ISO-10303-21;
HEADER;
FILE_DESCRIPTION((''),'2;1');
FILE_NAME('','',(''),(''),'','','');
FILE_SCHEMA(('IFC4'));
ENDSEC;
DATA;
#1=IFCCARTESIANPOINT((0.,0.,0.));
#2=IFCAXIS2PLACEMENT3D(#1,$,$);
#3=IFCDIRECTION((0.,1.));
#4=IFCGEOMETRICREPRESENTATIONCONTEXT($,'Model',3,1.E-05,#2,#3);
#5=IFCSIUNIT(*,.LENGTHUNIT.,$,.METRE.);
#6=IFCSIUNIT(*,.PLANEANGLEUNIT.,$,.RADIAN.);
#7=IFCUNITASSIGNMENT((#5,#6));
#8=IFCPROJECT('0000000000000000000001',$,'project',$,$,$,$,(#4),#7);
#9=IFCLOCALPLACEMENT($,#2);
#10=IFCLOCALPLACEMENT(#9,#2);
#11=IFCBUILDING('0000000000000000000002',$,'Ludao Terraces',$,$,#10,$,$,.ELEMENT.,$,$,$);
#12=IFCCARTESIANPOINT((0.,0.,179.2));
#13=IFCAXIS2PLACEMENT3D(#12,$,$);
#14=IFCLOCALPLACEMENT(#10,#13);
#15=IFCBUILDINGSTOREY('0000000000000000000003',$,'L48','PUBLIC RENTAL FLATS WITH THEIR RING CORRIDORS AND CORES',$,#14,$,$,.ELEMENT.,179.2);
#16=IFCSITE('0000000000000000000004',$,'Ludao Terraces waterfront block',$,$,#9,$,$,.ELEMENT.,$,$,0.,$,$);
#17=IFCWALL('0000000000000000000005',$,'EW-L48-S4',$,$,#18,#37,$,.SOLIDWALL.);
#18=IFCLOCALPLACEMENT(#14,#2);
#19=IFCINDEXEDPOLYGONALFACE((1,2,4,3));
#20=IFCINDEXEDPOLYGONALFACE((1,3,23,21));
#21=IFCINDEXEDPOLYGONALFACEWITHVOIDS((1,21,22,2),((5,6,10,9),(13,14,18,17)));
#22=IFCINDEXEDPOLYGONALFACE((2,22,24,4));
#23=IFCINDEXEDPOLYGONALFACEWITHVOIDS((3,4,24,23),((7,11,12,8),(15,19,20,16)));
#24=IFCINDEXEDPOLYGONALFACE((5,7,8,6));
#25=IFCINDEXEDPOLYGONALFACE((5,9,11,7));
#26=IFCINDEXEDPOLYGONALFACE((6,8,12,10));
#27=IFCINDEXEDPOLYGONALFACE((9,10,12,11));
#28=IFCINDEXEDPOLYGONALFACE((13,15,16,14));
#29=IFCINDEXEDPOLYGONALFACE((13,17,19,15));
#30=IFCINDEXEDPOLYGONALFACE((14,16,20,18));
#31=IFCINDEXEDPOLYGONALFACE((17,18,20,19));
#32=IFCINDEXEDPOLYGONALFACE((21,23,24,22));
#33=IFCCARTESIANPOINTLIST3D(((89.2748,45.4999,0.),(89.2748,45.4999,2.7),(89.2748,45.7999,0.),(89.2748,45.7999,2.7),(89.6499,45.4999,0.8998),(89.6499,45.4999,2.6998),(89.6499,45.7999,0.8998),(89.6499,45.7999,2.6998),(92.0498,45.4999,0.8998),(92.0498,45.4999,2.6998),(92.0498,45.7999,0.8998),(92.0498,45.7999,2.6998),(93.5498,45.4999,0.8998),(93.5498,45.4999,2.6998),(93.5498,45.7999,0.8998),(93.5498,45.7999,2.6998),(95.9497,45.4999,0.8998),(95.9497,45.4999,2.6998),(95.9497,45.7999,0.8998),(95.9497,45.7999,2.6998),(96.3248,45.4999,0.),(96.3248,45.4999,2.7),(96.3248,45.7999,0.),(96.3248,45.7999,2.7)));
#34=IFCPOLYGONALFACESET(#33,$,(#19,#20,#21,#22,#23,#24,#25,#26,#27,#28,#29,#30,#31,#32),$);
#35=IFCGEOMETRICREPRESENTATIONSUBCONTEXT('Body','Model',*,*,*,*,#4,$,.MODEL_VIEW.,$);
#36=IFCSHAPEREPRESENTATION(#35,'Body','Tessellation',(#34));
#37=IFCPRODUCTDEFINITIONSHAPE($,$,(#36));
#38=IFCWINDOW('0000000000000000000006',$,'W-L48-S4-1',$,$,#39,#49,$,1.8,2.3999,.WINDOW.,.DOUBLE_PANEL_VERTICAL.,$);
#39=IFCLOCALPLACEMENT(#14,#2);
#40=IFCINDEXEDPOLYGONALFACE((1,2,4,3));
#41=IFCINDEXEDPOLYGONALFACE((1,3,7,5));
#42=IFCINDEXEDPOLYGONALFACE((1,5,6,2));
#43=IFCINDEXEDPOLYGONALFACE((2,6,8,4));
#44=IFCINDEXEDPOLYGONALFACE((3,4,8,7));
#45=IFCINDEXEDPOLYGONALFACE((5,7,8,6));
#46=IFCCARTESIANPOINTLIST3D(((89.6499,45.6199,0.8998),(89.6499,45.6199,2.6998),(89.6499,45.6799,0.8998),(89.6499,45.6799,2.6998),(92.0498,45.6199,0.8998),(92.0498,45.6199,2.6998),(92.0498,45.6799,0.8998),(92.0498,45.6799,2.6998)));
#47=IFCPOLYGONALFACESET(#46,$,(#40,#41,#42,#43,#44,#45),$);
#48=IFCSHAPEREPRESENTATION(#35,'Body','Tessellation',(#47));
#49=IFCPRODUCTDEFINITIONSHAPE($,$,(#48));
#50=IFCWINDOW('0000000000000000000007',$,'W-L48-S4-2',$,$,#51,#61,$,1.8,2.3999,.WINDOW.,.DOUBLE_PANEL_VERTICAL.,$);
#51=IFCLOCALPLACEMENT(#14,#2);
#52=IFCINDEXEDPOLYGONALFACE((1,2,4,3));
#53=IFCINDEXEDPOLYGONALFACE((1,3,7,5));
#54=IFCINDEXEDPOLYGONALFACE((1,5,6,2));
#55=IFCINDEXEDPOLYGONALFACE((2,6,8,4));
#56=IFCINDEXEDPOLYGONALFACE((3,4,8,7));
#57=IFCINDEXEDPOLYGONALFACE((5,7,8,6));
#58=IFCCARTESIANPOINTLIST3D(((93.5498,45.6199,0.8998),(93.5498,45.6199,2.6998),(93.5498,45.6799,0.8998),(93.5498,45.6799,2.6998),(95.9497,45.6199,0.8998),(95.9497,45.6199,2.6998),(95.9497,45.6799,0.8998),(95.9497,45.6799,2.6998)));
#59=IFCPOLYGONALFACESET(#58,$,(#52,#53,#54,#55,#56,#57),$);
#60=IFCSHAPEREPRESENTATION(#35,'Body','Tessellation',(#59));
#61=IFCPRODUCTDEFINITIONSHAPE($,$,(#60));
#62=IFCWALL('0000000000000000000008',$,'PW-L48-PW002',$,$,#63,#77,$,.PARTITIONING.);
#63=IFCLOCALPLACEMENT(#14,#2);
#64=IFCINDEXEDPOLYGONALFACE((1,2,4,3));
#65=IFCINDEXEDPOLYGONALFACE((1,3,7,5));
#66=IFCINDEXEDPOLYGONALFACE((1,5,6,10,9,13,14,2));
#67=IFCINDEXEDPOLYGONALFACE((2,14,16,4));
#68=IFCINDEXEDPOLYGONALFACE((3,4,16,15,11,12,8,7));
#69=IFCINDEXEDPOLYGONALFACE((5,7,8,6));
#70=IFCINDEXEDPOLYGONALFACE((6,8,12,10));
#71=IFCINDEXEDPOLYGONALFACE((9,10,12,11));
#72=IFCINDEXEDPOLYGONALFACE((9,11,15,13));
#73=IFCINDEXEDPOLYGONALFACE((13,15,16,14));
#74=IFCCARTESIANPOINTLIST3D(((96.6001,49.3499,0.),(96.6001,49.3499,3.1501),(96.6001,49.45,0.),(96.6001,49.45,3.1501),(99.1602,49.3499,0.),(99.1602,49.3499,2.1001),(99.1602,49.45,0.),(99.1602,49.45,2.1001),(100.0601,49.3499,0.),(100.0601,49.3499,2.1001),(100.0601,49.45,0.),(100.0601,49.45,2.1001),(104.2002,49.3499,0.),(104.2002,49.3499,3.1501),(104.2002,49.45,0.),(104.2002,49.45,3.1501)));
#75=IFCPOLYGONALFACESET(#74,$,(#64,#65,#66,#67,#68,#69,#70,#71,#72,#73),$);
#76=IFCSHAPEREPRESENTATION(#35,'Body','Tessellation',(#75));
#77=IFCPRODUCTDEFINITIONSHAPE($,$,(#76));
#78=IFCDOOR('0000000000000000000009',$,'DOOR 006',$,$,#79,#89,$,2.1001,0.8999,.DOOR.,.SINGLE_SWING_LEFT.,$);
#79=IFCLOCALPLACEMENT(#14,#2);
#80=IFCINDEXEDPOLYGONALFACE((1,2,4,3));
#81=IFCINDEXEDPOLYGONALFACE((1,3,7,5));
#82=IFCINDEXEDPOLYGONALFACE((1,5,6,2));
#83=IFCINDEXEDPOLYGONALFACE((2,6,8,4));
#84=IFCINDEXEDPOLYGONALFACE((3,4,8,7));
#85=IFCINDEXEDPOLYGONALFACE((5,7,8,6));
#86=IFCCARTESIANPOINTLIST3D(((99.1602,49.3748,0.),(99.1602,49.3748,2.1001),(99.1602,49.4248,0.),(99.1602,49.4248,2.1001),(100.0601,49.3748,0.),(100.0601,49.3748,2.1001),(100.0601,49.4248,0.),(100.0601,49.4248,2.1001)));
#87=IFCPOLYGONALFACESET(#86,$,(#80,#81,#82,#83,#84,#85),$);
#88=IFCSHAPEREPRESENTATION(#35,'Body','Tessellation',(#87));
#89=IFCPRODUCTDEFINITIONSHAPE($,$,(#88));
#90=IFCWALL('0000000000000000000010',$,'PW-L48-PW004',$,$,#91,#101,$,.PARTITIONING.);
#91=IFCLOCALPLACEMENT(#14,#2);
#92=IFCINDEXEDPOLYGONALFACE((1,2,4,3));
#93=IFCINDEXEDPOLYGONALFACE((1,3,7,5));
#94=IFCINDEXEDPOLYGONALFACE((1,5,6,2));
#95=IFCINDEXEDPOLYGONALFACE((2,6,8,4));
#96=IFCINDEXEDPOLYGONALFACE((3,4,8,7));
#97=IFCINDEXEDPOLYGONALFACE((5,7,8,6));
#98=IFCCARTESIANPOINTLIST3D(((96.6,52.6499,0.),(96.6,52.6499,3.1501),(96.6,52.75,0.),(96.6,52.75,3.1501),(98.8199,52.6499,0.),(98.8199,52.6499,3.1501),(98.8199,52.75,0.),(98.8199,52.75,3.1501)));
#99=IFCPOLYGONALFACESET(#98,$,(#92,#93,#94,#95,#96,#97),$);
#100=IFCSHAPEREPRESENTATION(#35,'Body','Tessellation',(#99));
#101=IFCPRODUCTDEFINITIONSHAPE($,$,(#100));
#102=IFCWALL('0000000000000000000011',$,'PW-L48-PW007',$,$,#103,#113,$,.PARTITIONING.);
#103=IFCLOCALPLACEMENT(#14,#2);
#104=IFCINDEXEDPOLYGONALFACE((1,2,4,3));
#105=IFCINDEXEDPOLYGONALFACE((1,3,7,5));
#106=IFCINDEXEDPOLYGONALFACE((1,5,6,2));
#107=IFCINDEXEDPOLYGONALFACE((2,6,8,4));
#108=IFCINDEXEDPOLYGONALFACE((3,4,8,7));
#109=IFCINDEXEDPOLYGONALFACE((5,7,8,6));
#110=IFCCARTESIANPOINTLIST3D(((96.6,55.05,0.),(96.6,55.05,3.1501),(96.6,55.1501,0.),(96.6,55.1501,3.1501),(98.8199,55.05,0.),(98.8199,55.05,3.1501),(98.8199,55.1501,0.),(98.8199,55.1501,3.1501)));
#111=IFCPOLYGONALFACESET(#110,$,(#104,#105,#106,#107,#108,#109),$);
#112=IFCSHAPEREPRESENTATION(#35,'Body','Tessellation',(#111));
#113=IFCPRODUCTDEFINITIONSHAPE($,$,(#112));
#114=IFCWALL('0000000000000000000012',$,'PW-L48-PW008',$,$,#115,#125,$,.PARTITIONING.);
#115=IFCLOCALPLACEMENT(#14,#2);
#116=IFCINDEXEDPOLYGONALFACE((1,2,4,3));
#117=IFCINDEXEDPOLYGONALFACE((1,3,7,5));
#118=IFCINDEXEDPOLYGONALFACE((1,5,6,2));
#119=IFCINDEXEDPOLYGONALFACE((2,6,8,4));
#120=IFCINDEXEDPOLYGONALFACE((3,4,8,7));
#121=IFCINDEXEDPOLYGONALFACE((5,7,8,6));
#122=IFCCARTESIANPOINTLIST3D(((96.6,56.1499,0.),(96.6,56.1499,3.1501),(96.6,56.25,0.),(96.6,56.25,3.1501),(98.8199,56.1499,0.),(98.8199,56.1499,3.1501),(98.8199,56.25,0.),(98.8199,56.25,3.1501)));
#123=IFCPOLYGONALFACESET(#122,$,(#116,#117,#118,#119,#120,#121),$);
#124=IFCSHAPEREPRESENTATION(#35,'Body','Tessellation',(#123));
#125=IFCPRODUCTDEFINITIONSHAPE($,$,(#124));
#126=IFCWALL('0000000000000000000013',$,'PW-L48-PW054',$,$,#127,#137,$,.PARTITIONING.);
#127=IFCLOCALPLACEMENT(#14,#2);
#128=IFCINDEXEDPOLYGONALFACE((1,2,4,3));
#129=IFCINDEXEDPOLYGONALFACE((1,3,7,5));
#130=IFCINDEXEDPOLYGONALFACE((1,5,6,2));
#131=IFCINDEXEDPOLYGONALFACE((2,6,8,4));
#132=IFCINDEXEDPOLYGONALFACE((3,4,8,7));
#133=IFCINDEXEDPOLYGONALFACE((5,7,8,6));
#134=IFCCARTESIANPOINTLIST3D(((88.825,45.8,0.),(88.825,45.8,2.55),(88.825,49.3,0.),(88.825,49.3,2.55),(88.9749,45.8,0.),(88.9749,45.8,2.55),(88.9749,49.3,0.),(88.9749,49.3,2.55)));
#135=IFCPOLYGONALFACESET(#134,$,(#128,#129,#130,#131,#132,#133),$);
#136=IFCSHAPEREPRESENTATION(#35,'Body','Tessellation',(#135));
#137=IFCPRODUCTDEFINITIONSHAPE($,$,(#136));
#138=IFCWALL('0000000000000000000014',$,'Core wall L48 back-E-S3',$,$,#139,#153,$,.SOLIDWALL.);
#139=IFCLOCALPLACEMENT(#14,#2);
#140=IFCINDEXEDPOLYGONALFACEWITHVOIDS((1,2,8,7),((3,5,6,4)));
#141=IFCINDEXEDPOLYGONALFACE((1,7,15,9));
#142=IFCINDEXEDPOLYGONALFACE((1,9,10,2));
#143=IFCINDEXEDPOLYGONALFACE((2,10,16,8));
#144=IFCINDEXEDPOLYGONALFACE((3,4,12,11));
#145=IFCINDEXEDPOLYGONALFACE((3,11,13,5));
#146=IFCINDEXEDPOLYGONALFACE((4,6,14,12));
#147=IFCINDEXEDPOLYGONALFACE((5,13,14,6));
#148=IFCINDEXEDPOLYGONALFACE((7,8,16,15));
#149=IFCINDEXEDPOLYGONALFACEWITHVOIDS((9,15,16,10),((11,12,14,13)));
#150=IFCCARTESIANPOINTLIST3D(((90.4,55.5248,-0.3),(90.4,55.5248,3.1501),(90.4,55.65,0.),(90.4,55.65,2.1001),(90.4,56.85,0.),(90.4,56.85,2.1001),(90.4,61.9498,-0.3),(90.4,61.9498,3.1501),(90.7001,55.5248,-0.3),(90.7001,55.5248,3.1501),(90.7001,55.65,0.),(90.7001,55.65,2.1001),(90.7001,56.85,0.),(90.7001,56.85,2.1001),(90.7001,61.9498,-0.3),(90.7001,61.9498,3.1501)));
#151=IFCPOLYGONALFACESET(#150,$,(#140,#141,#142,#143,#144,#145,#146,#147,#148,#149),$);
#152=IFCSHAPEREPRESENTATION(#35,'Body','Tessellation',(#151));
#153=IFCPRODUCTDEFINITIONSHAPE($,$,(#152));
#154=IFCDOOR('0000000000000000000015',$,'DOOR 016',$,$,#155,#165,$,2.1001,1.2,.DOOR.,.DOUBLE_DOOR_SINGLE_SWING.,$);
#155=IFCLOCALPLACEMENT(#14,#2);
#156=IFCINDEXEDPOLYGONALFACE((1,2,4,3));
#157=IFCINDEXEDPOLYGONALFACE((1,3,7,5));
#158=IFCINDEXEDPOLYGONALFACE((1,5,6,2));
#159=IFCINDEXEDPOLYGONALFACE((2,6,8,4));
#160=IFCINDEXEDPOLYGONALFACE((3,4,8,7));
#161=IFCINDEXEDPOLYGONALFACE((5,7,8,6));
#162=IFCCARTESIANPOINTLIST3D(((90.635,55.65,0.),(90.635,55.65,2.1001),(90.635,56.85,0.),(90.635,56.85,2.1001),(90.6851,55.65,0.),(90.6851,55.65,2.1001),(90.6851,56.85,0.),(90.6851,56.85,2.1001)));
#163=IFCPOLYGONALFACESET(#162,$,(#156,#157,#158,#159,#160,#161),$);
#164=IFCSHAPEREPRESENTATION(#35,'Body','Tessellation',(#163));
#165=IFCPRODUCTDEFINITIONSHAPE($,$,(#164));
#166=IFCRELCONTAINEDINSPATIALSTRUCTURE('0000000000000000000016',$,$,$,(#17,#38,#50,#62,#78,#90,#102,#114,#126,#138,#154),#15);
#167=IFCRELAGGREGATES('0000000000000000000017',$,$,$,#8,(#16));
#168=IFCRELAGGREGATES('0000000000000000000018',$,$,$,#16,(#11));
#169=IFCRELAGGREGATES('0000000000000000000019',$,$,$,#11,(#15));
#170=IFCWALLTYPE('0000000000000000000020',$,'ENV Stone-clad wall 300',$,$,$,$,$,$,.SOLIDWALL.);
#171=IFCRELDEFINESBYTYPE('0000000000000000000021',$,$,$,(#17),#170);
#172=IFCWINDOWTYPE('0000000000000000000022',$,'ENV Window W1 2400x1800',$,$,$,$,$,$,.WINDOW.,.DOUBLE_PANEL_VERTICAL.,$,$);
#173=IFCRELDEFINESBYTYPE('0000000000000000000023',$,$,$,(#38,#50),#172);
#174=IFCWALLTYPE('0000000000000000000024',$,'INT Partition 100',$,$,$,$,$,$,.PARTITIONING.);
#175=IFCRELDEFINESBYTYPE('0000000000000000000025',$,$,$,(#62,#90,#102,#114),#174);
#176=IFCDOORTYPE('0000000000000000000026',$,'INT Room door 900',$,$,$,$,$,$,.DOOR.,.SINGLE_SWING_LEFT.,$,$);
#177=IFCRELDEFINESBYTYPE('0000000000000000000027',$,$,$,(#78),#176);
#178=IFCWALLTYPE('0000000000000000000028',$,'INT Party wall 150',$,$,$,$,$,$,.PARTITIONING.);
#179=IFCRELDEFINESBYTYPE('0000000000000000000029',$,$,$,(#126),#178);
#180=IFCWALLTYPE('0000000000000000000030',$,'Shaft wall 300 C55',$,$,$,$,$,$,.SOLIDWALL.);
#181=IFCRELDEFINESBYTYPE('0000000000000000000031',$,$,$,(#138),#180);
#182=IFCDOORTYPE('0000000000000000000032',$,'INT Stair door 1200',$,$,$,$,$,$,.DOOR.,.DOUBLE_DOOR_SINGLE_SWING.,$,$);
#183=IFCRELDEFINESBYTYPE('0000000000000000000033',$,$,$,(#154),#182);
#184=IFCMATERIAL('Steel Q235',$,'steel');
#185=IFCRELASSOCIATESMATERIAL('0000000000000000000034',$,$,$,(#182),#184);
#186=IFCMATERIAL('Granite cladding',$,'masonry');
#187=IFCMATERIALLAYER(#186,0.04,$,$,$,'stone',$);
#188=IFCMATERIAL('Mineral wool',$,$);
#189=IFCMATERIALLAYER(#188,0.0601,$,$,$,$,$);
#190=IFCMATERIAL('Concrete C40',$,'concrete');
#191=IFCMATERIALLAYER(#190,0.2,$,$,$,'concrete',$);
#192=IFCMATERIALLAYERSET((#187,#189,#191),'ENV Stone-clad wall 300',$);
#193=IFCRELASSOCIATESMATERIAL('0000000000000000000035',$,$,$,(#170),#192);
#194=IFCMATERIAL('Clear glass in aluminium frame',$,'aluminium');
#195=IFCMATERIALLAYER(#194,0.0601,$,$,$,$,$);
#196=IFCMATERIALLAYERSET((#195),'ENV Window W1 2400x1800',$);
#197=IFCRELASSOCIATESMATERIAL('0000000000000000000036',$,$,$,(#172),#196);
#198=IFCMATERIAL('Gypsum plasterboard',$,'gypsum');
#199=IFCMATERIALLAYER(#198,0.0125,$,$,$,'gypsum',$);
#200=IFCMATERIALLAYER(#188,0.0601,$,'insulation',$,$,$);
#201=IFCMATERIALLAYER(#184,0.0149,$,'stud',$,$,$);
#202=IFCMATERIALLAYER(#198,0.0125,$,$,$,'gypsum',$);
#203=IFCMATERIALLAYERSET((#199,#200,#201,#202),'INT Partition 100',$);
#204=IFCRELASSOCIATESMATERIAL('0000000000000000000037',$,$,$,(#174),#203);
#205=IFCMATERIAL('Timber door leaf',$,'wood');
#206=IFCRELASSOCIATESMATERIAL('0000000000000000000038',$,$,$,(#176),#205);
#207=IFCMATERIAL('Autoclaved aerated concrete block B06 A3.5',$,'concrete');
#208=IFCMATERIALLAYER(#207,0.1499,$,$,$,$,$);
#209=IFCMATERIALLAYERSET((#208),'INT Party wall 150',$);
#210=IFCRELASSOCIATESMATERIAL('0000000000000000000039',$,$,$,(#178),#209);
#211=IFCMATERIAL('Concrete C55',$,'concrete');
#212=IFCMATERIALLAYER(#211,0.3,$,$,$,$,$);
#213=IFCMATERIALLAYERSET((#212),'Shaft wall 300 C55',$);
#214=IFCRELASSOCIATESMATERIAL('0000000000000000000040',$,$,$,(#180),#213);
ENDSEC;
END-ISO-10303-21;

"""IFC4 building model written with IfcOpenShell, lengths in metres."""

from ifc_helpers import new_model, si_unit, direction, frame, frame_2d, origin, place, context, subcontext, project, spatial, rectangle, extrude, material, layer, layer_set, type_object, element, fill, save


model = new_model("IFC4")

# Units and contexts
model_context = context("Model", 3, precision=1e-05, world=origin(), true_north=direction((0.0, 1.0)))
body_context = subcontext(model_context, "Body", "Model", "MODEL_VIEW")
ifc_project = project(units=[si_unit("LENGTHUNIT", "METRE"), si_unit("PLANEANGLEUNIT", "RADIAN")], contexts=[model_context])

# Site, building, storey
site_placement = place(None, origin())
site = spatial("IfcSite", under=ifc_project, at=site_placement, Name="Ludao Terraces waterfront block", CompositionType="ELEMENT", RefElevation=0.0)
building_placement = place(site_placement, origin())
building = spatial("IfcBuilding", under=site, at=building_placement, Name="Ludao Terraces", CompositionType="ELEMENT")
storey_placement = place(building_placement, frame((0.0, 0.0, 179.2)))
storey = spatial("IfcBuildingStorey", under=building, at=storey_placement, Name="L48", Description="PUBLIC RENTAL FLATS WITH THEIR RING CORRIDORS AND CORES", CompositionType="ELEMENT", Elevation=179.2)

# Shared definitions
ifc_material_1 = material(Name="Concrete C40", Category="concrete")

# Shared definitions
ifc_material_2 = material(Name="Steel Q235", Category="steel")
door_type_1 = type_object("IfcDoorType", Name="INT Stair door 1200", OperationType="DOUBLE_DOOR_SINGLE_SWING", PredefinedType="DOOR", material=ifc_material_2)

# Wall, openings, windows
ifc_material_3 = material(Name="Granite cladding", Category="masonry")
ifc_layer_1 = layer(ifc_material_3, 0.04, Category="stone")
ifc_material_4 = material(Name="Mineral wool")
ifc_layer_2 = layer(ifc_material_4, 0.0601)
ifc_layer_3 = layer(ifc_material_1, 0.2, Category="concrete")
ifc_layer_set_1 = layer_set([ifc_layer_1, ifc_layer_2, ifc_layer_3], Name="ENV Stone-clad wall 300")
wall_type_1 = type_object("IfcWallType", Name="ENV Stone-clad wall 300", PredefinedType="SOLIDWALL", material=ifc_layer_set_1)
wall_1_placement = place(storey_placement, frame((89.2749, 45.6499, 0.0), z_axis=(0.0, 0.0, 1.0), x_axis=(1.0, 0.0, 0.0)))
wall_1 = element("IfcWall", 1, at=wall_1_placement, inside=storey, type_object=wall_type_1, Name="EW-L48-S4", PredefinedType="SOLIDWALL", context=body_context, shape_type="SweptSolid", body=[
    extrude(rectangle(XDim=7.05, YDim=0.3, at=frame_2d((3.5249, 0.0))), origin(), (0.0, 0.0, 1.0), 2.7),
])
opening_1_placement = place(wall_1_placement, frame((0.375, 0.0, 0.8999)))
opening_1 = element("IfcOpeningElement", 2, at=opening_1_placement, cuts=wall_1, PredefinedType="OPENING", context=body_context, shape_type="SweptSolid", body=[
    extrude(rectangle(XDim=2.3999, YDim=1.8, at=frame_2d((1.2, 0.8999))), frame((0.0, 0.1602, 0.0), z_axis=(0.0, -1.0, 0.0), x_axis=(1.0, 0.0, 0.0)), (0.0, 0.0, 1.0), 0.3201),
])
opening_2_placement = place(wall_1_placement, frame((4.2749, 0.0, 0.8999)))
opening_2 = element("IfcOpeningElement", 3, at=opening_2_placement, cuts=wall_1, PredefinedType="OPENING", context=body_context, shape_type="SweptSolid", body=[
    extrude(rectangle(XDim=2.3999, YDim=1.8, at=frame_2d((1.2, 0.8999))), frame((0.0, 0.1602, 0.0), z_axis=(0.0, -1.0, 0.0), x_axis=(1.0, 0.0, 0.0)), (0.0, 0.0, 1.0), 0.3201),
])
ifc_material_5 = material(Name="Clear glass in aluminium frame", Category="aluminium")
ifc_layer_4 = layer(ifc_material_5, 0.0601)
ifc_layer_set_2 = layer_set([ifc_layer_4], Name="ENV Window W1 2400x1800")
window_type = type_object("IfcWindowType", Name="ENV Window W1 2400x1800", PartitioningType="DOUBLE_PANEL_VERTICAL", PredefinedType="WINDOW", material=ifc_layer_set_2)
window_1_placement = place(opening_1_placement, origin())
window_1 = element("IfcWindow", 4, at=window_1_placement, inside=storey, type_object=window_type, Name="W-L48-S4-1", OverallHeight=1.8, OverallWidth=2.3999, PartitioningType="DOUBLE_PANEL_VERTICAL", PredefinedType="WINDOW", context=body_context, shape_type="SweptSolid", body=[
    extrude(rectangle(XDim=2.3999, YDim=1.8, at=frame_2d((1.2, 0.8999))), frame((0.0, 0.03, 0.0), z_axis=(0.0, -1.0, 0.0), x_axis=(1.0, 0.0, 0.0)), (0.0, 0.0, 1.0), 0.0601),
])
fill(opening_1, window_1)
window_2_placement = place(opening_2_placement, origin())
window_2 = element("IfcWindow", 5, at=window_2_placement, inside=storey, type_object=window_type, Name="W-L48-S4-2", OverallHeight=1.8, OverallWidth=2.3999, PartitioningType="DOUBLE_PANEL_VERTICAL", PredefinedType="WINDOW", context=body_context, shape_type="SweptSolid", body=[
    extrude(rectangle(XDim=2.3999, YDim=1.8, at=frame_2d((1.2, 0.8999))), frame((0.0, 0.03, 0.0), z_axis=(0.0, -1.0, 0.0), x_axis=(1.0, 0.0, 0.0)), (0.0, 0.0, 1.0), 0.0601),
])
fill(opening_2, window_2)

# Wall, opening, door
ifc_material_6 = material(Name="Gypsum plasterboard", Category="gypsum")
ifc_layer_5 = layer(ifc_material_6, 0.0125, Category="gypsum")
ifc_layer_6 = layer(ifc_material_4, 0.0601, Name="insulation")
ifc_layer_7 = layer(ifc_material_2, 0.0149, Name="stud")
ifc_layer_8 = layer(ifc_material_6, 0.0125, Category="gypsum")
ifc_layer_set_3 = layer_set([ifc_layer_5, ifc_layer_6, ifc_layer_7, ifc_layer_8], Name="INT Partition 100")
wall_type_2 = type_object("IfcWallType", Name="INT Partition 100", PredefinedType="PARTITIONING", material=ifc_layer_set_3)
wall_2_placement = place(storey_placement, frame((96.6001, 49.3999, 0.0), z_axis=(0.0, 0.0, 1.0), x_axis=(1.0, 0.0, 0.0)))
wall_2 = element("IfcWall", 6, at=wall_2_placement, inside=storey, type_object=wall_type_2, Name="PW-L48-PW002", PredefinedType="PARTITIONING", context=body_context, shape_type="SweptSolid", body=[
    extrude(rectangle(XDim=7.6001, YDim=0.1001, at=frame_2d((3.8, 0.0))), origin(), (0.0, 0.0, 1.0), 3.1501),
])
opening_3_placement = place(wall_2_placement, frame((2.5601, 0.0, 0.0)))
opening_3 = element("IfcOpeningElement", 7, at=opening_3_placement, cuts=wall_2, PredefinedType="OPENING", context=body_context, shape_type="SweptSolid", body=[
    extrude(rectangle(XDim=0.8999, YDim=2.1001, at=frame_2d((0.45, 1.05))), frame((0.0, 0.0601, 0.0), z_axis=(0.0, -1.0, 0.0), x_axis=(1.0, 0.0, 0.0)), (0.0, 0.0, 1.0), 0.1201),
])
ifc_material_7 = material(Name="Timber door leaf", Category="wood")
door_type_2 = type_object("IfcDoorType", Name="INT Room door 900", OperationType="SINGLE_SWING_LEFT", PredefinedType="DOOR", material=ifc_material_7)
door_1_placement = place(opening_3_placement, origin())
door_1 = element("IfcDoor", 8, at=door_1_placement, inside=storey, type_object=door_type_2, Name="DOOR 006", OperationType="SINGLE_SWING_LEFT", OverallHeight=2.1001, OverallWidth=0.8999, PredefinedType="DOOR", context=body_context, shape_type="SweptSolid", body=[
    extrude(rectangle(XDim=0.8999, YDim=2.1001, at=frame_2d((0.45, 1.05))), frame((0.0, 0.0249, 0.0), z_axis=(0.0, -1.0, 0.0), x_axis=(1.0, 0.0, 0.0)), (0.0, 0.0, 1.0), 0.05),
])
fill(opening_3, door_1)

# Walls
for number, where, z_axis, x_axis, name in (
    (9, (96.6001, 52.7, 0.0), (0.0, 0.0, 1.0), (1.0, 0.0, 0.0), "PW-L48-PW004"),
    (10, (96.6001, 55.1001, 0.0), (0.0, 0.0, 1.0), (1.0, 0.0, 0.0), "PW-L48-PW007"),
    (11, (96.6001, 56.2, 0.0), (0.0, 0.0, 1.0), (1.0, 0.0, 0.0), "PW-L48-PW008"),
):
    element("IfcWall", number, at=place(storey_placement, frame(where, z_axis=z_axis, x_axis=x_axis)), inside=storey, type_object=wall_type_2, Name=name, PredefinedType="PARTITIONING", context=body_context, shape_type="SweptSolid", body=[
        extrude(rectangle(XDim=2.22, YDim=0.1001, at=frame_2d((1.1099, 0.0))), origin(), (0.0, 0.0, 1.0), 3.1501),
    ])
ifc_material_8 = material(Name="Autoclaved aerated concrete block B06 A3.5", Category="concrete")
ifc_layer_9 = layer(ifc_material_8, 0.1499)
ifc_layer_set_4 = layer_set([ifc_layer_9], Name="INT Party wall 150")
wall_type_3 = type_object("IfcWallType", Name="INT Party wall 150", PredefinedType="PARTITIONING", material=ifc_layer_set_4)
wall_3_placement = place(storey_placement, frame((88.8999, 45.8, 0.0), z_axis=(0.0, 0.0, 1.0), x_axis=(0.0, 1.0, 0.0)))
element("IfcWall", 12, at=wall_3_placement, inside=storey, type_object=wall_type_3, Name="PW-L48-PW054", PredefinedType="PARTITIONING", context=body_context, shape_type="SweptSolid", body=[
    extrude(rectangle(XDim=3.5, YDim=0.1499, at=frame_2d((1.75, 0.0))), origin(), (0.0, 0.0, 1.0), 2.55),
])

# Wall, opening, door
ifc_material_9 = material(Name="Concrete C55", Category="concrete")
ifc_layer_10 = layer(ifc_material_9, 0.3)
ifc_layer_set_5 = layer_set([ifc_layer_10], Name="Shaft wall 300 C55")
wall_type_4 = type_object("IfcWallType", Name="Shaft wall 300 C55", PredefinedType="SOLIDWALL", material=ifc_layer_set_5)
wall_4_placement = place(storey_placement, frame((90.55, 55.5249, -0.3), z_axis=(0.0, 0.0, 1.0), x_axis=(0.0, 1.0, 0.0)))
wall_4 = element("IfcWall", 13, at=wall_4_placement, inside=storey, type_object=wall_type_4, Name="Core wall L48 back-E-S3", PredefinedType="SOLIDWALL", context=body_context, shape_type="SweptSolid", body=[
    extrude(rectangle(XDim=6.425, YDim=0.3, at=frame_2d((3.2124, 0.0))), origin(), (0.0, 0.0, 1.0), 3.4502),
])
opening_4_placement = place(wall_4_placement, frame((0.125, 0.0, 0.3)))
opening_4 = element("IfcOpeningElement", 14, at=opening_4_placement, cuts=wall_4, PredefinedType="OPENING", context=body_context, shape_type="SweptSolid", body=[
    extrude(rectangle(XDim=1.2, YDim=2.1001, at=frame_2d((0.6001, 1.05))), frame((0.0, 0.1602, 0.0), z_axis=(0.0, -1.0, 0.0), x_axis=(1.0, 0.0, 0.0)), (0.0, 0.0, 1.0), 0.3201),
])
door_2_placement = place(opening_4_placement, origin())
door_2 = element("IfcDoor", 15, at=door_2_placement, inside=storey, type_object=door_type_1, Name="DOOR 016", OperationType="DOUBLE_DOOR_SINGLE_SWING", OverallHeight=2.1001, OverallWidth=1.2, PredefinedType="DOOR", context=body_context, shape_type="SweptSolid", body=[
    extrude(rectangle(XDim=1.2, YDim=2.1001, at=frame_2d((0.6001, 1.05))), frame((0.0, -0.085, 0.0), z_axis=(0.0, -1.0, 0.0), x_axis=(1.0, 0.0, 0.0)), (0.0, 0.0, 1.0), 0.05),
])
fill(opening_4, door_2)

save(model, "model.ifc")
